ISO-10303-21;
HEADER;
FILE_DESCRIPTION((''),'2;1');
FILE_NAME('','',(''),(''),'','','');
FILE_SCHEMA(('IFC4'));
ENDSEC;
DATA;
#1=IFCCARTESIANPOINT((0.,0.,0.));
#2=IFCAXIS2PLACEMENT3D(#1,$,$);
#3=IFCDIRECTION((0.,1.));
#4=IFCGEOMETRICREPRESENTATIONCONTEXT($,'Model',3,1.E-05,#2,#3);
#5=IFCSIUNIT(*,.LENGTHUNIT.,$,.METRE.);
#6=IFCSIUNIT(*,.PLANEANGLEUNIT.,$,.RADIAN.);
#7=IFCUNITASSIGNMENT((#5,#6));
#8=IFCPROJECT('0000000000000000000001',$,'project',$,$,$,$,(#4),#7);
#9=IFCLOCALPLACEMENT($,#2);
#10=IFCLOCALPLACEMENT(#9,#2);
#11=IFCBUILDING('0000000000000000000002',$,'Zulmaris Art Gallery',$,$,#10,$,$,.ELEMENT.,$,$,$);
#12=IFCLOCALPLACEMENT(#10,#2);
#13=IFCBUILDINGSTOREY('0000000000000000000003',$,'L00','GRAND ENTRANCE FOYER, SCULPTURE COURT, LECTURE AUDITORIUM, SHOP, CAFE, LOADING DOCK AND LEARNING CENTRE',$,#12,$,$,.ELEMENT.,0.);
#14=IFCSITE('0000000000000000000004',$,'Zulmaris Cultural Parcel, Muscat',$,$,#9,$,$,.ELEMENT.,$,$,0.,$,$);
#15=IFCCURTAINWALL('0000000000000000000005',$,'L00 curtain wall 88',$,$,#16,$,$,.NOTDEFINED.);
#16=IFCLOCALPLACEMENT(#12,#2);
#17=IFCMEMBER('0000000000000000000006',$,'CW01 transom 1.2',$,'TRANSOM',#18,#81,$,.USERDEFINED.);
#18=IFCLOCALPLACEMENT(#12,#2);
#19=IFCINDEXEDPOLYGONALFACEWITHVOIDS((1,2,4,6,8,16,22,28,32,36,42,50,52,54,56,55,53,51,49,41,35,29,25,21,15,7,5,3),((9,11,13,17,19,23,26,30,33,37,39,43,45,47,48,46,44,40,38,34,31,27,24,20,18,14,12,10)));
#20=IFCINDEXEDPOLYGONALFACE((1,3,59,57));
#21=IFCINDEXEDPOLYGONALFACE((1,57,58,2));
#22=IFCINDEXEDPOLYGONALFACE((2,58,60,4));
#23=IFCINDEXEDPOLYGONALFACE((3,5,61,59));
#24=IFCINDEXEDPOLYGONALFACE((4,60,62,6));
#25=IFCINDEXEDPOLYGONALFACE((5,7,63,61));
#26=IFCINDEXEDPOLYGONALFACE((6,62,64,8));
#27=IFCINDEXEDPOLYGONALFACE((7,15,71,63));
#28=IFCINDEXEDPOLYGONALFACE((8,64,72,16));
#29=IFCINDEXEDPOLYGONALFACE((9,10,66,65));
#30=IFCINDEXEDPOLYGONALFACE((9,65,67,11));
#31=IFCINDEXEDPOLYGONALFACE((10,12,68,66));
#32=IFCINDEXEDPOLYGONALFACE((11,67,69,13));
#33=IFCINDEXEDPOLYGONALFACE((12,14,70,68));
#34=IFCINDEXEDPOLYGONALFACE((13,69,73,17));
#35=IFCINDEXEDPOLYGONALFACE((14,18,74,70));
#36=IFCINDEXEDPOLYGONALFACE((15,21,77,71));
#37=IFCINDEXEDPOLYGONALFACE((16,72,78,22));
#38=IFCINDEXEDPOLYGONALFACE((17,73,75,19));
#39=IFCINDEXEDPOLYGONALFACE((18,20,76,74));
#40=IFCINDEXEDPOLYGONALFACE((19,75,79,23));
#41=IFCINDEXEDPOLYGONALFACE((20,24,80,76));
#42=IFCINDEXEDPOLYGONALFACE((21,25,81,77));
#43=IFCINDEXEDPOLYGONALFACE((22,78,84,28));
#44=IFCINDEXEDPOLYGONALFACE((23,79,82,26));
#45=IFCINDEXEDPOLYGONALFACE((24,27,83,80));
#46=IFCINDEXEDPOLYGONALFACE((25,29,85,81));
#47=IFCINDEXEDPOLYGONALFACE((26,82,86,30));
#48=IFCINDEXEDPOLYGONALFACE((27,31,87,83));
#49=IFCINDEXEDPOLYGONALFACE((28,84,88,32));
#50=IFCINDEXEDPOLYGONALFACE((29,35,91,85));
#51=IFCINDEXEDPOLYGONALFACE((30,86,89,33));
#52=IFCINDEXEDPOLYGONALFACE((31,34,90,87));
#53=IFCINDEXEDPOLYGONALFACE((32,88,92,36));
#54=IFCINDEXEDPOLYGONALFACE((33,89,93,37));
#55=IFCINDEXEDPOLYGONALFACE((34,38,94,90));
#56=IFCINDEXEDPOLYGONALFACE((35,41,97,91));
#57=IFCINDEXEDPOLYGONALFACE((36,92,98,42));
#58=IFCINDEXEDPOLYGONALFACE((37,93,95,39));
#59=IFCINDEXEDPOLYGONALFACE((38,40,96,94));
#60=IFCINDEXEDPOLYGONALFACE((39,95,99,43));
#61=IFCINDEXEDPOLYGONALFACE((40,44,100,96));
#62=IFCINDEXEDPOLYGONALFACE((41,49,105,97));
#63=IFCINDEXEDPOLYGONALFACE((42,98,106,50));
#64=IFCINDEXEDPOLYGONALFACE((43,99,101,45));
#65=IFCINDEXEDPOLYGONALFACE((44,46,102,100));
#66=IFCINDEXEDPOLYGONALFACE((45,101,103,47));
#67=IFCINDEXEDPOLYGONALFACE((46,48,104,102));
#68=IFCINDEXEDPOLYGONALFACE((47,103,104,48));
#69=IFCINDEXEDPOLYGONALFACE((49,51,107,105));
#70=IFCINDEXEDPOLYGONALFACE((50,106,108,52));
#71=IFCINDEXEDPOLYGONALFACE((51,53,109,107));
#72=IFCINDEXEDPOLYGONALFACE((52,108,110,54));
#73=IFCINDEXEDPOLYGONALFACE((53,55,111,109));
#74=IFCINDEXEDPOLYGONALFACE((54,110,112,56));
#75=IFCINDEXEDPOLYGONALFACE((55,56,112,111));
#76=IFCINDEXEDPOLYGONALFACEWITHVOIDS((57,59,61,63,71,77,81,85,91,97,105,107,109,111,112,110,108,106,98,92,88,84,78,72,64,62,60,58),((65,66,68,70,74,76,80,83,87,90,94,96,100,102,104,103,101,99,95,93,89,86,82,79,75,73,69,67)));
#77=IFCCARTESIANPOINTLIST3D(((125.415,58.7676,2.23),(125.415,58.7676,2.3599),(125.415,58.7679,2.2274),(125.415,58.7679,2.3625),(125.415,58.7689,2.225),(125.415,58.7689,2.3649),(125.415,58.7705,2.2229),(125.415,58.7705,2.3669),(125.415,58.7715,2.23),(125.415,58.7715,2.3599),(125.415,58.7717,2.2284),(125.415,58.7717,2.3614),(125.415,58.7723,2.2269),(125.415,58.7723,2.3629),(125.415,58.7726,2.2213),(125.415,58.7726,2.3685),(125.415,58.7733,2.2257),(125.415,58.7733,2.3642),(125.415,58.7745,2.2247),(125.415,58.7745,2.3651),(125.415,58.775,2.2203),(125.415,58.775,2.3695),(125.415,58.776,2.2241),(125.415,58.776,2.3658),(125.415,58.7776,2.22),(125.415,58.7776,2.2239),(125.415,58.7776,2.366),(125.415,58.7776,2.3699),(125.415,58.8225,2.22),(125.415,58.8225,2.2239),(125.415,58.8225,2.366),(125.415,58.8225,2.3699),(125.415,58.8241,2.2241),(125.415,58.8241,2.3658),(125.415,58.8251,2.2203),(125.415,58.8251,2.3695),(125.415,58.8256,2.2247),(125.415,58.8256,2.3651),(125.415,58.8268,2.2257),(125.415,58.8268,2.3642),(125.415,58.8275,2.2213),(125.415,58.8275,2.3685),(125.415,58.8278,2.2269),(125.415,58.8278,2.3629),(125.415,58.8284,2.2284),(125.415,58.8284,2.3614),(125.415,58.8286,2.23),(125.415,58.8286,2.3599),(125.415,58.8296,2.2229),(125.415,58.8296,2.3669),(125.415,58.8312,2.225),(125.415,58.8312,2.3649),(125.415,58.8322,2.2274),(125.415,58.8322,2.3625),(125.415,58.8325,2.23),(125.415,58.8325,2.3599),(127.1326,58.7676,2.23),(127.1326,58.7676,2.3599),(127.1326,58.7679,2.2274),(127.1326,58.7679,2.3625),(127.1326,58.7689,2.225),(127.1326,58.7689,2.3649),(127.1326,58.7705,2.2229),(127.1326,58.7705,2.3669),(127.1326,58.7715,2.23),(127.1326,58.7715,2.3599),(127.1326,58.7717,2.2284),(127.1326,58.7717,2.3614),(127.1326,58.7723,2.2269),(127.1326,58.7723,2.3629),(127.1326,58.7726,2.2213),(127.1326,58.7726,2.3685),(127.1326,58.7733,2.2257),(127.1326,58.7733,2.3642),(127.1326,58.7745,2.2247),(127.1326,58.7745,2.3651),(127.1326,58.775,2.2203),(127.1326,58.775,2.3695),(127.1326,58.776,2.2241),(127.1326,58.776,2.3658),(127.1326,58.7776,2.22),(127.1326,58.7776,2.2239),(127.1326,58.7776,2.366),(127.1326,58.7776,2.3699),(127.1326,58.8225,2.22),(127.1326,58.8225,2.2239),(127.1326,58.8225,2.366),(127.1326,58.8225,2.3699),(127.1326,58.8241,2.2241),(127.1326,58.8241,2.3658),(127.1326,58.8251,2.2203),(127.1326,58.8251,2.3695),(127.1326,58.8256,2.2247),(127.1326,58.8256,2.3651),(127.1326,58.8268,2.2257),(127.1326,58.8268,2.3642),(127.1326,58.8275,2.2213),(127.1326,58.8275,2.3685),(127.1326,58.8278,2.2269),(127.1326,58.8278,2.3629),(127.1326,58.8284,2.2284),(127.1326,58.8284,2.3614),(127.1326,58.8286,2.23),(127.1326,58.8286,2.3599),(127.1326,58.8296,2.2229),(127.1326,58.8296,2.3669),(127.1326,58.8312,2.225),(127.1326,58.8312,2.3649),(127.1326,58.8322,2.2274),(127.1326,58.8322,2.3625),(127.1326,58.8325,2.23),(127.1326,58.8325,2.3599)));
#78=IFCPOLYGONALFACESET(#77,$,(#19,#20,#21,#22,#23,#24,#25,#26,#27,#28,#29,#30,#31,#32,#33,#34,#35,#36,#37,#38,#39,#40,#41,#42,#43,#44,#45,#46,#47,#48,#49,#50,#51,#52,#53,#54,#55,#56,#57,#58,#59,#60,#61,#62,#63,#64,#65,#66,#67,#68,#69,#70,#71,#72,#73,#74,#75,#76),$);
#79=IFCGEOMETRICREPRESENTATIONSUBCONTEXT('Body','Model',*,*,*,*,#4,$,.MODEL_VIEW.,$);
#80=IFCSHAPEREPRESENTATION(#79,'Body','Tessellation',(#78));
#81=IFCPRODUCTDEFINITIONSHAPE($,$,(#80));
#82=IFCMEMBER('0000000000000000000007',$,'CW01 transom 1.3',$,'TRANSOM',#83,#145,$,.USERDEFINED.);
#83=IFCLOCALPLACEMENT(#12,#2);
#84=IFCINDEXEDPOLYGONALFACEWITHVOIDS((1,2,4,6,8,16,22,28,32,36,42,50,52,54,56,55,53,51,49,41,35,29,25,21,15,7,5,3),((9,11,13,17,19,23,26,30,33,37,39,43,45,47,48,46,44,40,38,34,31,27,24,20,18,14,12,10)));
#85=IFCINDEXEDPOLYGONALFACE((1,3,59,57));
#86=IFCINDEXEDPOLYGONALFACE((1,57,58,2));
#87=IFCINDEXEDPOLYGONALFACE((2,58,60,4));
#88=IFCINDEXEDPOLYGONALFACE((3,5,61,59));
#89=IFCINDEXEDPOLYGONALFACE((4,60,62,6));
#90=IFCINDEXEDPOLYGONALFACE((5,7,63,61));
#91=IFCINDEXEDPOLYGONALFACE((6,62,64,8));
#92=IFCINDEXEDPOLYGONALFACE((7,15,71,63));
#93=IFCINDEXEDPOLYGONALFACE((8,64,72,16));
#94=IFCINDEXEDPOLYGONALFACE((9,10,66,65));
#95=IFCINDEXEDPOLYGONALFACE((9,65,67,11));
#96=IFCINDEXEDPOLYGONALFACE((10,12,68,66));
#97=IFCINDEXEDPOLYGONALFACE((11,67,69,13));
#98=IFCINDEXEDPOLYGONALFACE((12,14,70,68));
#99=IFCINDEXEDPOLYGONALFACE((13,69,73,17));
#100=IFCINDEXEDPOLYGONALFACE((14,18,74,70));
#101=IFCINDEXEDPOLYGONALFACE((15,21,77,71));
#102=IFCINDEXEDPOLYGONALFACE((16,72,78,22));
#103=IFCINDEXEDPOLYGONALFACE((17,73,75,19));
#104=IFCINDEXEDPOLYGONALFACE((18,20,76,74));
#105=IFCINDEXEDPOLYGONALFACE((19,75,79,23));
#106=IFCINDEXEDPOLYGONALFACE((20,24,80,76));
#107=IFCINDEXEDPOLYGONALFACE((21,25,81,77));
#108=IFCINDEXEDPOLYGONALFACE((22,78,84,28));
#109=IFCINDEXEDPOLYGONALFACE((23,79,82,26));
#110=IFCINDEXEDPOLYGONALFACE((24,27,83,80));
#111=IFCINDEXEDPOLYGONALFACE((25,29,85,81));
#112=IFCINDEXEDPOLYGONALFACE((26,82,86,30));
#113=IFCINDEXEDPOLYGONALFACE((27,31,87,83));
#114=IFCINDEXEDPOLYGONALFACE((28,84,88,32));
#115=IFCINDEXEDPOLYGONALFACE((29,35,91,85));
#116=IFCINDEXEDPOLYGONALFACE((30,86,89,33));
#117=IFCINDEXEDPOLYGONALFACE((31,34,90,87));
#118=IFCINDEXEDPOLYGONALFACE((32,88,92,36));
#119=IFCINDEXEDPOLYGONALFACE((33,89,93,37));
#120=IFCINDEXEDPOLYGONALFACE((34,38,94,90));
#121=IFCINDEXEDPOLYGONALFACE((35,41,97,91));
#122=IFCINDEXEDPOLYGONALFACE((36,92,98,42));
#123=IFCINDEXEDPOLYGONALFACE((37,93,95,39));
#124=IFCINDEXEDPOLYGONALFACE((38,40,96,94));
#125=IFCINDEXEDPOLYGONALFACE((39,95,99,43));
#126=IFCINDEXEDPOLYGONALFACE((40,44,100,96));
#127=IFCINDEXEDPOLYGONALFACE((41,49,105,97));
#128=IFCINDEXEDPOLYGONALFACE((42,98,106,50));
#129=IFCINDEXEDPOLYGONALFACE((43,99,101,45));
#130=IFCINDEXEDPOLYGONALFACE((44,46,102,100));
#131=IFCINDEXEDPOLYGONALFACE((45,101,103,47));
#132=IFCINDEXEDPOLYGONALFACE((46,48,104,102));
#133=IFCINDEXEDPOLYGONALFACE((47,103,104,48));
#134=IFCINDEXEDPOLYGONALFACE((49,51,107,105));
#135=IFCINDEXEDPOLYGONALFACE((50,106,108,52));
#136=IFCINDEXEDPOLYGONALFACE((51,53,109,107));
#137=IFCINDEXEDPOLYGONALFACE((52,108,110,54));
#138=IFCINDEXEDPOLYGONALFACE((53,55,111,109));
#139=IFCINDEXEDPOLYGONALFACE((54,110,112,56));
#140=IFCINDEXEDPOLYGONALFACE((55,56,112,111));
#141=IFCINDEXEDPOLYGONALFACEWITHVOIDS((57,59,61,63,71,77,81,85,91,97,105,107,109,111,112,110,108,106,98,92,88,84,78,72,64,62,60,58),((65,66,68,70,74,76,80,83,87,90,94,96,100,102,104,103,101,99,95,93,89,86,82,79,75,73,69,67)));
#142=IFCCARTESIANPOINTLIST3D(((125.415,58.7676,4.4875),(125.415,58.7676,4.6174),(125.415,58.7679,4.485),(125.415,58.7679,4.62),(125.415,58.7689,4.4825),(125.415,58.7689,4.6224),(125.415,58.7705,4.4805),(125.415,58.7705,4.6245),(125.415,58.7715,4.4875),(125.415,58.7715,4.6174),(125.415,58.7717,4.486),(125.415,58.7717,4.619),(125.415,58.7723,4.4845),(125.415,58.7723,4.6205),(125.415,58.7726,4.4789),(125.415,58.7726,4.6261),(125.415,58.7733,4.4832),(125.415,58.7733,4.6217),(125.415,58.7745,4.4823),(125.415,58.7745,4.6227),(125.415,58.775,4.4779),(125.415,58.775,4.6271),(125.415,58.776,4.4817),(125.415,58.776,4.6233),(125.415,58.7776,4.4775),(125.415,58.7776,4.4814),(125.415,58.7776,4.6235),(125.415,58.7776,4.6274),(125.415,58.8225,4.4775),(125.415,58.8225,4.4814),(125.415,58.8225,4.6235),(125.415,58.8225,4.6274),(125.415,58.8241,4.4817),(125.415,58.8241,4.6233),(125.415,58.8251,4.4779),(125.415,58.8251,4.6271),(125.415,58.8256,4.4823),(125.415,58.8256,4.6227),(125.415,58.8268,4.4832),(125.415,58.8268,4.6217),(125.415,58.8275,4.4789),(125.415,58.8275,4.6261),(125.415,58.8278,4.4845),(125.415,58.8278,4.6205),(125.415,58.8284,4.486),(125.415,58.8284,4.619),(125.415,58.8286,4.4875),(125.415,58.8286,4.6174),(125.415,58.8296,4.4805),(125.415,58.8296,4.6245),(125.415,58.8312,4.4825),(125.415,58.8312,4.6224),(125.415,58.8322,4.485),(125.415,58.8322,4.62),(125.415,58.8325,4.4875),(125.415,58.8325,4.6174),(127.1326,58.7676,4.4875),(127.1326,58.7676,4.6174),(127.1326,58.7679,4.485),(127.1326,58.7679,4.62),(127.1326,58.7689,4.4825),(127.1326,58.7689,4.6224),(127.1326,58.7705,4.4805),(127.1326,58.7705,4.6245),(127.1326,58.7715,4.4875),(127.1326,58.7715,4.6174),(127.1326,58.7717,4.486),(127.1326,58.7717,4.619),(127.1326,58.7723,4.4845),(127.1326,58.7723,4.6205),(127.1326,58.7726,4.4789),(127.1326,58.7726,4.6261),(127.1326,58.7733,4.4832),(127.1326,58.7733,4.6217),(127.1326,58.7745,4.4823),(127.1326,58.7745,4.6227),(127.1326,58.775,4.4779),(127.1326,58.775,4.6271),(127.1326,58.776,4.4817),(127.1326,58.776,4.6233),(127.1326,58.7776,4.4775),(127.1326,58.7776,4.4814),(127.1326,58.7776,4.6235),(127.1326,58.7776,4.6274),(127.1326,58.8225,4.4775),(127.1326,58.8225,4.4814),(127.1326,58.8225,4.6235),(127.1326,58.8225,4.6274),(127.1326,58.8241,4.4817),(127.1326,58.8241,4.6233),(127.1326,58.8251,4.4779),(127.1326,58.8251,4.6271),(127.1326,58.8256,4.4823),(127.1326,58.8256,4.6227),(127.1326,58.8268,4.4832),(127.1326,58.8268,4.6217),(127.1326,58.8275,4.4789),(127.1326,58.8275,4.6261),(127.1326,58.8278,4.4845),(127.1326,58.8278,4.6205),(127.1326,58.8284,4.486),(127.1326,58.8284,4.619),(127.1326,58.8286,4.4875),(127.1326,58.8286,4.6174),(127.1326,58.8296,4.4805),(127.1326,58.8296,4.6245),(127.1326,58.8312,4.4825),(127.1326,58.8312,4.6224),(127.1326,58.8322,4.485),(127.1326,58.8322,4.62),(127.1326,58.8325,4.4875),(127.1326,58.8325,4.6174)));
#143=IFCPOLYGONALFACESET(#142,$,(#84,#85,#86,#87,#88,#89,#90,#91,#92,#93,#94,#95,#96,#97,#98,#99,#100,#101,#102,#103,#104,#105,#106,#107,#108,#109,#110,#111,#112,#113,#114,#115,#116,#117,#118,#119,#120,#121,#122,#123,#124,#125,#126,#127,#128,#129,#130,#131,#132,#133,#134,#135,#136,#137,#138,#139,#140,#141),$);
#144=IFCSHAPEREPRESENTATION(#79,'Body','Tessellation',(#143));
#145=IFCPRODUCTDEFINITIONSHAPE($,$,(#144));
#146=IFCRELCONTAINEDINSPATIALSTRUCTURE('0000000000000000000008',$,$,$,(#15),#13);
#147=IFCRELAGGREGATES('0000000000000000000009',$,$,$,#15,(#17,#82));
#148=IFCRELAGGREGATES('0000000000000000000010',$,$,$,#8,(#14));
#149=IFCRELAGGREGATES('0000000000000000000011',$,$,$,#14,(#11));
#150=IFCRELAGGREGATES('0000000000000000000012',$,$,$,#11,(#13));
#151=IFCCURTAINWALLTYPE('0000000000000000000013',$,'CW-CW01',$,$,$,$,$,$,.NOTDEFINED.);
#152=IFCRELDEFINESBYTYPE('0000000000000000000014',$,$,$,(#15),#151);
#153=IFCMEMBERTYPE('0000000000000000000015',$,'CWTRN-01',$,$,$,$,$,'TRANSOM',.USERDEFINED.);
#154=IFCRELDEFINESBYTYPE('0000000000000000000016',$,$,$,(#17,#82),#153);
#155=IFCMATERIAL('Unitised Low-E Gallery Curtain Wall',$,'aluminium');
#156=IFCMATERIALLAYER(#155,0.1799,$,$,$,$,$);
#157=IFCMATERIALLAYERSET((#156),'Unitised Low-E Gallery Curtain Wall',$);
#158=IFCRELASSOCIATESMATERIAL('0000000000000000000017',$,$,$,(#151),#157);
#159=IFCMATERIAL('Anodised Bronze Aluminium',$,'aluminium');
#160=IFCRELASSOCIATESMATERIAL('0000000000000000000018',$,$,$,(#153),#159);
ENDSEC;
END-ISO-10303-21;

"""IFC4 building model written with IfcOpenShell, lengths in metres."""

from ifc_helpers import new_model, si_unit, direction, frame, origin, origin_2d, place, context, subcontext, project, spatial, hollow_rectangle, extrude, material, layer, layer_set, material_profile, profile_set, type_object, element, aggregate, save


model = new_model("IFC4")

# Units and contexts
model_context = context("Model", 3, precision=1e-05, world=origin(), true_north=direction((0.0, 1.0)))
body_context = subcontext(model_context, "Body", "Model", "MODEL_VIEW")
ifc_project = project(units=[si_unit("LENGTHUNIT", "METRE"), si_unit("PLANEANGLEUNIT", "RADIAN")], contexts=[model_context])

# Site, building, storey
site_placement = place(None, origin())
site = spatial("IfcSite", under=ifc_project, at=site_placement, Name="Zulmaris Cultural Parcel, Muscat", CompositionType="ELEMENT", RefElevation=0.0)
building_placement = place(site_placement, origin())
building = spatial("IfcBuilding", under=site, at=building_placement, Name="Zulmaris Art Gallery", CompositionType="ELEMENT")
storey_placement = place(building_placement, origin())
storey = spatial("IfcBuildingStorey", under=building, at=storey_placement, Name="L00", Description="GRAND ENTRANCE FOYER, SCULPTURE COURT, LECTURE AUDITORIUM, SHOP, CAFE, LOADING DOCK AND LEARNING CENTRE", CompositionType="ELEMENT", Elevation=0.0)

# Curtain wall
ifc_material_1 = material(Name="Unitised Low-E Gallery Curtain Wall", Category="aluminium")
ifc_layer_1 = layer(ifc_material_1, 0.1799)
ifc_layer_set_1 = layer_set([ifc_layer_1], Name="Unitised Low-E Gallery Curtain Wall")
curtain_wall_type = type_object("IfcCurtainWallType", Name="CW-CW01", PredefinedType="NOTDEFINED", material=ifc_layer_set_1)
curtain_wall_1_placement = place(storey_placement, origin())
curtain_wall_1 = element("IfcCurtainWall", 1, at=curtain_wall_1_placement, inside=storey, type_object=curtain_wall_type, Name="L00 curtain wall 88", PredefinedType="NOTDEFINED")
ifc_material_2 = material(Name="Anodised Bronze Aluminium", Category="aluminium")

# Members
ifc_material_profile_1 = material_profile(ifc_material_2, hollow_rectangle(XDim=0.0649, YDim=0.1499, WallThickness=0.0039, InnerFilletRadius=0.0061, OuterFilletRadius=0.01, at=origin_2d()), Name="ALU 65x150x4")
ifc_profile_set_1 = profile_set([ifc_material_profile_1], Name="Anodised Bronze Aluminium")
member_type_1 = type_object("IfcMemberType", Name="CWTRN-01", ElementType="TRANSOM", PredefinedType="USERDEFINED", material=ifc_profile_set_1)
member_1_placement = place(storey_placement, frame((125.415, 58.8, 2.2949), z_axis=(1.0, 0.0, 0.0), x_axis=(0.0, 1.0, 0.0)))
member_1 = element("IfcMember", 2, at=member_1_placement, type_object=member_type_1, Name="CW01 transom 1.2", ObjectType="TRANSOM", PredefinedType="USERDEFINED", context=body_context, shape_type="SweptSolid", body=[
    extrude(hollow_rectangle(XDim=0.0649, YDim=0.1499, WallThickness=0.0039, InnerFilletRadius=0.0061, OuterFilletRadius=0.01, at=origin_2d()), origin(), (0.0, 0.0, 1.0), 1.7175),
])
member_2_placement = place(storey_placement, frame((125.415, 58.8, 4.5525), z_axis=(1.0, 0.0, 0.0), x_axis=(0.0, 1.0, 0.0)))
member_2 = element("IfcMember", 3, at=member_2_placement, type_object=member_type_1, Name="CW01 transom 1.3", ObjectType="TRANSOM", PredefinedType="USERDEFINED", context=body_context, shape_type="SweptSolid", body=[
    extrude(hollow_rectangle(XDim=0.0649, YDim=0.1499, WallThickness=0.0039, InnerFilletRadius=0.0061, OuterFilletRadius=0.01, at=origin_2d()), origin(), (0.0, 0.0, 1.0), 1.7175),
])

aggregate(curtain_wall_1, [member_1, member_2])

save(model, "model.ifc")
